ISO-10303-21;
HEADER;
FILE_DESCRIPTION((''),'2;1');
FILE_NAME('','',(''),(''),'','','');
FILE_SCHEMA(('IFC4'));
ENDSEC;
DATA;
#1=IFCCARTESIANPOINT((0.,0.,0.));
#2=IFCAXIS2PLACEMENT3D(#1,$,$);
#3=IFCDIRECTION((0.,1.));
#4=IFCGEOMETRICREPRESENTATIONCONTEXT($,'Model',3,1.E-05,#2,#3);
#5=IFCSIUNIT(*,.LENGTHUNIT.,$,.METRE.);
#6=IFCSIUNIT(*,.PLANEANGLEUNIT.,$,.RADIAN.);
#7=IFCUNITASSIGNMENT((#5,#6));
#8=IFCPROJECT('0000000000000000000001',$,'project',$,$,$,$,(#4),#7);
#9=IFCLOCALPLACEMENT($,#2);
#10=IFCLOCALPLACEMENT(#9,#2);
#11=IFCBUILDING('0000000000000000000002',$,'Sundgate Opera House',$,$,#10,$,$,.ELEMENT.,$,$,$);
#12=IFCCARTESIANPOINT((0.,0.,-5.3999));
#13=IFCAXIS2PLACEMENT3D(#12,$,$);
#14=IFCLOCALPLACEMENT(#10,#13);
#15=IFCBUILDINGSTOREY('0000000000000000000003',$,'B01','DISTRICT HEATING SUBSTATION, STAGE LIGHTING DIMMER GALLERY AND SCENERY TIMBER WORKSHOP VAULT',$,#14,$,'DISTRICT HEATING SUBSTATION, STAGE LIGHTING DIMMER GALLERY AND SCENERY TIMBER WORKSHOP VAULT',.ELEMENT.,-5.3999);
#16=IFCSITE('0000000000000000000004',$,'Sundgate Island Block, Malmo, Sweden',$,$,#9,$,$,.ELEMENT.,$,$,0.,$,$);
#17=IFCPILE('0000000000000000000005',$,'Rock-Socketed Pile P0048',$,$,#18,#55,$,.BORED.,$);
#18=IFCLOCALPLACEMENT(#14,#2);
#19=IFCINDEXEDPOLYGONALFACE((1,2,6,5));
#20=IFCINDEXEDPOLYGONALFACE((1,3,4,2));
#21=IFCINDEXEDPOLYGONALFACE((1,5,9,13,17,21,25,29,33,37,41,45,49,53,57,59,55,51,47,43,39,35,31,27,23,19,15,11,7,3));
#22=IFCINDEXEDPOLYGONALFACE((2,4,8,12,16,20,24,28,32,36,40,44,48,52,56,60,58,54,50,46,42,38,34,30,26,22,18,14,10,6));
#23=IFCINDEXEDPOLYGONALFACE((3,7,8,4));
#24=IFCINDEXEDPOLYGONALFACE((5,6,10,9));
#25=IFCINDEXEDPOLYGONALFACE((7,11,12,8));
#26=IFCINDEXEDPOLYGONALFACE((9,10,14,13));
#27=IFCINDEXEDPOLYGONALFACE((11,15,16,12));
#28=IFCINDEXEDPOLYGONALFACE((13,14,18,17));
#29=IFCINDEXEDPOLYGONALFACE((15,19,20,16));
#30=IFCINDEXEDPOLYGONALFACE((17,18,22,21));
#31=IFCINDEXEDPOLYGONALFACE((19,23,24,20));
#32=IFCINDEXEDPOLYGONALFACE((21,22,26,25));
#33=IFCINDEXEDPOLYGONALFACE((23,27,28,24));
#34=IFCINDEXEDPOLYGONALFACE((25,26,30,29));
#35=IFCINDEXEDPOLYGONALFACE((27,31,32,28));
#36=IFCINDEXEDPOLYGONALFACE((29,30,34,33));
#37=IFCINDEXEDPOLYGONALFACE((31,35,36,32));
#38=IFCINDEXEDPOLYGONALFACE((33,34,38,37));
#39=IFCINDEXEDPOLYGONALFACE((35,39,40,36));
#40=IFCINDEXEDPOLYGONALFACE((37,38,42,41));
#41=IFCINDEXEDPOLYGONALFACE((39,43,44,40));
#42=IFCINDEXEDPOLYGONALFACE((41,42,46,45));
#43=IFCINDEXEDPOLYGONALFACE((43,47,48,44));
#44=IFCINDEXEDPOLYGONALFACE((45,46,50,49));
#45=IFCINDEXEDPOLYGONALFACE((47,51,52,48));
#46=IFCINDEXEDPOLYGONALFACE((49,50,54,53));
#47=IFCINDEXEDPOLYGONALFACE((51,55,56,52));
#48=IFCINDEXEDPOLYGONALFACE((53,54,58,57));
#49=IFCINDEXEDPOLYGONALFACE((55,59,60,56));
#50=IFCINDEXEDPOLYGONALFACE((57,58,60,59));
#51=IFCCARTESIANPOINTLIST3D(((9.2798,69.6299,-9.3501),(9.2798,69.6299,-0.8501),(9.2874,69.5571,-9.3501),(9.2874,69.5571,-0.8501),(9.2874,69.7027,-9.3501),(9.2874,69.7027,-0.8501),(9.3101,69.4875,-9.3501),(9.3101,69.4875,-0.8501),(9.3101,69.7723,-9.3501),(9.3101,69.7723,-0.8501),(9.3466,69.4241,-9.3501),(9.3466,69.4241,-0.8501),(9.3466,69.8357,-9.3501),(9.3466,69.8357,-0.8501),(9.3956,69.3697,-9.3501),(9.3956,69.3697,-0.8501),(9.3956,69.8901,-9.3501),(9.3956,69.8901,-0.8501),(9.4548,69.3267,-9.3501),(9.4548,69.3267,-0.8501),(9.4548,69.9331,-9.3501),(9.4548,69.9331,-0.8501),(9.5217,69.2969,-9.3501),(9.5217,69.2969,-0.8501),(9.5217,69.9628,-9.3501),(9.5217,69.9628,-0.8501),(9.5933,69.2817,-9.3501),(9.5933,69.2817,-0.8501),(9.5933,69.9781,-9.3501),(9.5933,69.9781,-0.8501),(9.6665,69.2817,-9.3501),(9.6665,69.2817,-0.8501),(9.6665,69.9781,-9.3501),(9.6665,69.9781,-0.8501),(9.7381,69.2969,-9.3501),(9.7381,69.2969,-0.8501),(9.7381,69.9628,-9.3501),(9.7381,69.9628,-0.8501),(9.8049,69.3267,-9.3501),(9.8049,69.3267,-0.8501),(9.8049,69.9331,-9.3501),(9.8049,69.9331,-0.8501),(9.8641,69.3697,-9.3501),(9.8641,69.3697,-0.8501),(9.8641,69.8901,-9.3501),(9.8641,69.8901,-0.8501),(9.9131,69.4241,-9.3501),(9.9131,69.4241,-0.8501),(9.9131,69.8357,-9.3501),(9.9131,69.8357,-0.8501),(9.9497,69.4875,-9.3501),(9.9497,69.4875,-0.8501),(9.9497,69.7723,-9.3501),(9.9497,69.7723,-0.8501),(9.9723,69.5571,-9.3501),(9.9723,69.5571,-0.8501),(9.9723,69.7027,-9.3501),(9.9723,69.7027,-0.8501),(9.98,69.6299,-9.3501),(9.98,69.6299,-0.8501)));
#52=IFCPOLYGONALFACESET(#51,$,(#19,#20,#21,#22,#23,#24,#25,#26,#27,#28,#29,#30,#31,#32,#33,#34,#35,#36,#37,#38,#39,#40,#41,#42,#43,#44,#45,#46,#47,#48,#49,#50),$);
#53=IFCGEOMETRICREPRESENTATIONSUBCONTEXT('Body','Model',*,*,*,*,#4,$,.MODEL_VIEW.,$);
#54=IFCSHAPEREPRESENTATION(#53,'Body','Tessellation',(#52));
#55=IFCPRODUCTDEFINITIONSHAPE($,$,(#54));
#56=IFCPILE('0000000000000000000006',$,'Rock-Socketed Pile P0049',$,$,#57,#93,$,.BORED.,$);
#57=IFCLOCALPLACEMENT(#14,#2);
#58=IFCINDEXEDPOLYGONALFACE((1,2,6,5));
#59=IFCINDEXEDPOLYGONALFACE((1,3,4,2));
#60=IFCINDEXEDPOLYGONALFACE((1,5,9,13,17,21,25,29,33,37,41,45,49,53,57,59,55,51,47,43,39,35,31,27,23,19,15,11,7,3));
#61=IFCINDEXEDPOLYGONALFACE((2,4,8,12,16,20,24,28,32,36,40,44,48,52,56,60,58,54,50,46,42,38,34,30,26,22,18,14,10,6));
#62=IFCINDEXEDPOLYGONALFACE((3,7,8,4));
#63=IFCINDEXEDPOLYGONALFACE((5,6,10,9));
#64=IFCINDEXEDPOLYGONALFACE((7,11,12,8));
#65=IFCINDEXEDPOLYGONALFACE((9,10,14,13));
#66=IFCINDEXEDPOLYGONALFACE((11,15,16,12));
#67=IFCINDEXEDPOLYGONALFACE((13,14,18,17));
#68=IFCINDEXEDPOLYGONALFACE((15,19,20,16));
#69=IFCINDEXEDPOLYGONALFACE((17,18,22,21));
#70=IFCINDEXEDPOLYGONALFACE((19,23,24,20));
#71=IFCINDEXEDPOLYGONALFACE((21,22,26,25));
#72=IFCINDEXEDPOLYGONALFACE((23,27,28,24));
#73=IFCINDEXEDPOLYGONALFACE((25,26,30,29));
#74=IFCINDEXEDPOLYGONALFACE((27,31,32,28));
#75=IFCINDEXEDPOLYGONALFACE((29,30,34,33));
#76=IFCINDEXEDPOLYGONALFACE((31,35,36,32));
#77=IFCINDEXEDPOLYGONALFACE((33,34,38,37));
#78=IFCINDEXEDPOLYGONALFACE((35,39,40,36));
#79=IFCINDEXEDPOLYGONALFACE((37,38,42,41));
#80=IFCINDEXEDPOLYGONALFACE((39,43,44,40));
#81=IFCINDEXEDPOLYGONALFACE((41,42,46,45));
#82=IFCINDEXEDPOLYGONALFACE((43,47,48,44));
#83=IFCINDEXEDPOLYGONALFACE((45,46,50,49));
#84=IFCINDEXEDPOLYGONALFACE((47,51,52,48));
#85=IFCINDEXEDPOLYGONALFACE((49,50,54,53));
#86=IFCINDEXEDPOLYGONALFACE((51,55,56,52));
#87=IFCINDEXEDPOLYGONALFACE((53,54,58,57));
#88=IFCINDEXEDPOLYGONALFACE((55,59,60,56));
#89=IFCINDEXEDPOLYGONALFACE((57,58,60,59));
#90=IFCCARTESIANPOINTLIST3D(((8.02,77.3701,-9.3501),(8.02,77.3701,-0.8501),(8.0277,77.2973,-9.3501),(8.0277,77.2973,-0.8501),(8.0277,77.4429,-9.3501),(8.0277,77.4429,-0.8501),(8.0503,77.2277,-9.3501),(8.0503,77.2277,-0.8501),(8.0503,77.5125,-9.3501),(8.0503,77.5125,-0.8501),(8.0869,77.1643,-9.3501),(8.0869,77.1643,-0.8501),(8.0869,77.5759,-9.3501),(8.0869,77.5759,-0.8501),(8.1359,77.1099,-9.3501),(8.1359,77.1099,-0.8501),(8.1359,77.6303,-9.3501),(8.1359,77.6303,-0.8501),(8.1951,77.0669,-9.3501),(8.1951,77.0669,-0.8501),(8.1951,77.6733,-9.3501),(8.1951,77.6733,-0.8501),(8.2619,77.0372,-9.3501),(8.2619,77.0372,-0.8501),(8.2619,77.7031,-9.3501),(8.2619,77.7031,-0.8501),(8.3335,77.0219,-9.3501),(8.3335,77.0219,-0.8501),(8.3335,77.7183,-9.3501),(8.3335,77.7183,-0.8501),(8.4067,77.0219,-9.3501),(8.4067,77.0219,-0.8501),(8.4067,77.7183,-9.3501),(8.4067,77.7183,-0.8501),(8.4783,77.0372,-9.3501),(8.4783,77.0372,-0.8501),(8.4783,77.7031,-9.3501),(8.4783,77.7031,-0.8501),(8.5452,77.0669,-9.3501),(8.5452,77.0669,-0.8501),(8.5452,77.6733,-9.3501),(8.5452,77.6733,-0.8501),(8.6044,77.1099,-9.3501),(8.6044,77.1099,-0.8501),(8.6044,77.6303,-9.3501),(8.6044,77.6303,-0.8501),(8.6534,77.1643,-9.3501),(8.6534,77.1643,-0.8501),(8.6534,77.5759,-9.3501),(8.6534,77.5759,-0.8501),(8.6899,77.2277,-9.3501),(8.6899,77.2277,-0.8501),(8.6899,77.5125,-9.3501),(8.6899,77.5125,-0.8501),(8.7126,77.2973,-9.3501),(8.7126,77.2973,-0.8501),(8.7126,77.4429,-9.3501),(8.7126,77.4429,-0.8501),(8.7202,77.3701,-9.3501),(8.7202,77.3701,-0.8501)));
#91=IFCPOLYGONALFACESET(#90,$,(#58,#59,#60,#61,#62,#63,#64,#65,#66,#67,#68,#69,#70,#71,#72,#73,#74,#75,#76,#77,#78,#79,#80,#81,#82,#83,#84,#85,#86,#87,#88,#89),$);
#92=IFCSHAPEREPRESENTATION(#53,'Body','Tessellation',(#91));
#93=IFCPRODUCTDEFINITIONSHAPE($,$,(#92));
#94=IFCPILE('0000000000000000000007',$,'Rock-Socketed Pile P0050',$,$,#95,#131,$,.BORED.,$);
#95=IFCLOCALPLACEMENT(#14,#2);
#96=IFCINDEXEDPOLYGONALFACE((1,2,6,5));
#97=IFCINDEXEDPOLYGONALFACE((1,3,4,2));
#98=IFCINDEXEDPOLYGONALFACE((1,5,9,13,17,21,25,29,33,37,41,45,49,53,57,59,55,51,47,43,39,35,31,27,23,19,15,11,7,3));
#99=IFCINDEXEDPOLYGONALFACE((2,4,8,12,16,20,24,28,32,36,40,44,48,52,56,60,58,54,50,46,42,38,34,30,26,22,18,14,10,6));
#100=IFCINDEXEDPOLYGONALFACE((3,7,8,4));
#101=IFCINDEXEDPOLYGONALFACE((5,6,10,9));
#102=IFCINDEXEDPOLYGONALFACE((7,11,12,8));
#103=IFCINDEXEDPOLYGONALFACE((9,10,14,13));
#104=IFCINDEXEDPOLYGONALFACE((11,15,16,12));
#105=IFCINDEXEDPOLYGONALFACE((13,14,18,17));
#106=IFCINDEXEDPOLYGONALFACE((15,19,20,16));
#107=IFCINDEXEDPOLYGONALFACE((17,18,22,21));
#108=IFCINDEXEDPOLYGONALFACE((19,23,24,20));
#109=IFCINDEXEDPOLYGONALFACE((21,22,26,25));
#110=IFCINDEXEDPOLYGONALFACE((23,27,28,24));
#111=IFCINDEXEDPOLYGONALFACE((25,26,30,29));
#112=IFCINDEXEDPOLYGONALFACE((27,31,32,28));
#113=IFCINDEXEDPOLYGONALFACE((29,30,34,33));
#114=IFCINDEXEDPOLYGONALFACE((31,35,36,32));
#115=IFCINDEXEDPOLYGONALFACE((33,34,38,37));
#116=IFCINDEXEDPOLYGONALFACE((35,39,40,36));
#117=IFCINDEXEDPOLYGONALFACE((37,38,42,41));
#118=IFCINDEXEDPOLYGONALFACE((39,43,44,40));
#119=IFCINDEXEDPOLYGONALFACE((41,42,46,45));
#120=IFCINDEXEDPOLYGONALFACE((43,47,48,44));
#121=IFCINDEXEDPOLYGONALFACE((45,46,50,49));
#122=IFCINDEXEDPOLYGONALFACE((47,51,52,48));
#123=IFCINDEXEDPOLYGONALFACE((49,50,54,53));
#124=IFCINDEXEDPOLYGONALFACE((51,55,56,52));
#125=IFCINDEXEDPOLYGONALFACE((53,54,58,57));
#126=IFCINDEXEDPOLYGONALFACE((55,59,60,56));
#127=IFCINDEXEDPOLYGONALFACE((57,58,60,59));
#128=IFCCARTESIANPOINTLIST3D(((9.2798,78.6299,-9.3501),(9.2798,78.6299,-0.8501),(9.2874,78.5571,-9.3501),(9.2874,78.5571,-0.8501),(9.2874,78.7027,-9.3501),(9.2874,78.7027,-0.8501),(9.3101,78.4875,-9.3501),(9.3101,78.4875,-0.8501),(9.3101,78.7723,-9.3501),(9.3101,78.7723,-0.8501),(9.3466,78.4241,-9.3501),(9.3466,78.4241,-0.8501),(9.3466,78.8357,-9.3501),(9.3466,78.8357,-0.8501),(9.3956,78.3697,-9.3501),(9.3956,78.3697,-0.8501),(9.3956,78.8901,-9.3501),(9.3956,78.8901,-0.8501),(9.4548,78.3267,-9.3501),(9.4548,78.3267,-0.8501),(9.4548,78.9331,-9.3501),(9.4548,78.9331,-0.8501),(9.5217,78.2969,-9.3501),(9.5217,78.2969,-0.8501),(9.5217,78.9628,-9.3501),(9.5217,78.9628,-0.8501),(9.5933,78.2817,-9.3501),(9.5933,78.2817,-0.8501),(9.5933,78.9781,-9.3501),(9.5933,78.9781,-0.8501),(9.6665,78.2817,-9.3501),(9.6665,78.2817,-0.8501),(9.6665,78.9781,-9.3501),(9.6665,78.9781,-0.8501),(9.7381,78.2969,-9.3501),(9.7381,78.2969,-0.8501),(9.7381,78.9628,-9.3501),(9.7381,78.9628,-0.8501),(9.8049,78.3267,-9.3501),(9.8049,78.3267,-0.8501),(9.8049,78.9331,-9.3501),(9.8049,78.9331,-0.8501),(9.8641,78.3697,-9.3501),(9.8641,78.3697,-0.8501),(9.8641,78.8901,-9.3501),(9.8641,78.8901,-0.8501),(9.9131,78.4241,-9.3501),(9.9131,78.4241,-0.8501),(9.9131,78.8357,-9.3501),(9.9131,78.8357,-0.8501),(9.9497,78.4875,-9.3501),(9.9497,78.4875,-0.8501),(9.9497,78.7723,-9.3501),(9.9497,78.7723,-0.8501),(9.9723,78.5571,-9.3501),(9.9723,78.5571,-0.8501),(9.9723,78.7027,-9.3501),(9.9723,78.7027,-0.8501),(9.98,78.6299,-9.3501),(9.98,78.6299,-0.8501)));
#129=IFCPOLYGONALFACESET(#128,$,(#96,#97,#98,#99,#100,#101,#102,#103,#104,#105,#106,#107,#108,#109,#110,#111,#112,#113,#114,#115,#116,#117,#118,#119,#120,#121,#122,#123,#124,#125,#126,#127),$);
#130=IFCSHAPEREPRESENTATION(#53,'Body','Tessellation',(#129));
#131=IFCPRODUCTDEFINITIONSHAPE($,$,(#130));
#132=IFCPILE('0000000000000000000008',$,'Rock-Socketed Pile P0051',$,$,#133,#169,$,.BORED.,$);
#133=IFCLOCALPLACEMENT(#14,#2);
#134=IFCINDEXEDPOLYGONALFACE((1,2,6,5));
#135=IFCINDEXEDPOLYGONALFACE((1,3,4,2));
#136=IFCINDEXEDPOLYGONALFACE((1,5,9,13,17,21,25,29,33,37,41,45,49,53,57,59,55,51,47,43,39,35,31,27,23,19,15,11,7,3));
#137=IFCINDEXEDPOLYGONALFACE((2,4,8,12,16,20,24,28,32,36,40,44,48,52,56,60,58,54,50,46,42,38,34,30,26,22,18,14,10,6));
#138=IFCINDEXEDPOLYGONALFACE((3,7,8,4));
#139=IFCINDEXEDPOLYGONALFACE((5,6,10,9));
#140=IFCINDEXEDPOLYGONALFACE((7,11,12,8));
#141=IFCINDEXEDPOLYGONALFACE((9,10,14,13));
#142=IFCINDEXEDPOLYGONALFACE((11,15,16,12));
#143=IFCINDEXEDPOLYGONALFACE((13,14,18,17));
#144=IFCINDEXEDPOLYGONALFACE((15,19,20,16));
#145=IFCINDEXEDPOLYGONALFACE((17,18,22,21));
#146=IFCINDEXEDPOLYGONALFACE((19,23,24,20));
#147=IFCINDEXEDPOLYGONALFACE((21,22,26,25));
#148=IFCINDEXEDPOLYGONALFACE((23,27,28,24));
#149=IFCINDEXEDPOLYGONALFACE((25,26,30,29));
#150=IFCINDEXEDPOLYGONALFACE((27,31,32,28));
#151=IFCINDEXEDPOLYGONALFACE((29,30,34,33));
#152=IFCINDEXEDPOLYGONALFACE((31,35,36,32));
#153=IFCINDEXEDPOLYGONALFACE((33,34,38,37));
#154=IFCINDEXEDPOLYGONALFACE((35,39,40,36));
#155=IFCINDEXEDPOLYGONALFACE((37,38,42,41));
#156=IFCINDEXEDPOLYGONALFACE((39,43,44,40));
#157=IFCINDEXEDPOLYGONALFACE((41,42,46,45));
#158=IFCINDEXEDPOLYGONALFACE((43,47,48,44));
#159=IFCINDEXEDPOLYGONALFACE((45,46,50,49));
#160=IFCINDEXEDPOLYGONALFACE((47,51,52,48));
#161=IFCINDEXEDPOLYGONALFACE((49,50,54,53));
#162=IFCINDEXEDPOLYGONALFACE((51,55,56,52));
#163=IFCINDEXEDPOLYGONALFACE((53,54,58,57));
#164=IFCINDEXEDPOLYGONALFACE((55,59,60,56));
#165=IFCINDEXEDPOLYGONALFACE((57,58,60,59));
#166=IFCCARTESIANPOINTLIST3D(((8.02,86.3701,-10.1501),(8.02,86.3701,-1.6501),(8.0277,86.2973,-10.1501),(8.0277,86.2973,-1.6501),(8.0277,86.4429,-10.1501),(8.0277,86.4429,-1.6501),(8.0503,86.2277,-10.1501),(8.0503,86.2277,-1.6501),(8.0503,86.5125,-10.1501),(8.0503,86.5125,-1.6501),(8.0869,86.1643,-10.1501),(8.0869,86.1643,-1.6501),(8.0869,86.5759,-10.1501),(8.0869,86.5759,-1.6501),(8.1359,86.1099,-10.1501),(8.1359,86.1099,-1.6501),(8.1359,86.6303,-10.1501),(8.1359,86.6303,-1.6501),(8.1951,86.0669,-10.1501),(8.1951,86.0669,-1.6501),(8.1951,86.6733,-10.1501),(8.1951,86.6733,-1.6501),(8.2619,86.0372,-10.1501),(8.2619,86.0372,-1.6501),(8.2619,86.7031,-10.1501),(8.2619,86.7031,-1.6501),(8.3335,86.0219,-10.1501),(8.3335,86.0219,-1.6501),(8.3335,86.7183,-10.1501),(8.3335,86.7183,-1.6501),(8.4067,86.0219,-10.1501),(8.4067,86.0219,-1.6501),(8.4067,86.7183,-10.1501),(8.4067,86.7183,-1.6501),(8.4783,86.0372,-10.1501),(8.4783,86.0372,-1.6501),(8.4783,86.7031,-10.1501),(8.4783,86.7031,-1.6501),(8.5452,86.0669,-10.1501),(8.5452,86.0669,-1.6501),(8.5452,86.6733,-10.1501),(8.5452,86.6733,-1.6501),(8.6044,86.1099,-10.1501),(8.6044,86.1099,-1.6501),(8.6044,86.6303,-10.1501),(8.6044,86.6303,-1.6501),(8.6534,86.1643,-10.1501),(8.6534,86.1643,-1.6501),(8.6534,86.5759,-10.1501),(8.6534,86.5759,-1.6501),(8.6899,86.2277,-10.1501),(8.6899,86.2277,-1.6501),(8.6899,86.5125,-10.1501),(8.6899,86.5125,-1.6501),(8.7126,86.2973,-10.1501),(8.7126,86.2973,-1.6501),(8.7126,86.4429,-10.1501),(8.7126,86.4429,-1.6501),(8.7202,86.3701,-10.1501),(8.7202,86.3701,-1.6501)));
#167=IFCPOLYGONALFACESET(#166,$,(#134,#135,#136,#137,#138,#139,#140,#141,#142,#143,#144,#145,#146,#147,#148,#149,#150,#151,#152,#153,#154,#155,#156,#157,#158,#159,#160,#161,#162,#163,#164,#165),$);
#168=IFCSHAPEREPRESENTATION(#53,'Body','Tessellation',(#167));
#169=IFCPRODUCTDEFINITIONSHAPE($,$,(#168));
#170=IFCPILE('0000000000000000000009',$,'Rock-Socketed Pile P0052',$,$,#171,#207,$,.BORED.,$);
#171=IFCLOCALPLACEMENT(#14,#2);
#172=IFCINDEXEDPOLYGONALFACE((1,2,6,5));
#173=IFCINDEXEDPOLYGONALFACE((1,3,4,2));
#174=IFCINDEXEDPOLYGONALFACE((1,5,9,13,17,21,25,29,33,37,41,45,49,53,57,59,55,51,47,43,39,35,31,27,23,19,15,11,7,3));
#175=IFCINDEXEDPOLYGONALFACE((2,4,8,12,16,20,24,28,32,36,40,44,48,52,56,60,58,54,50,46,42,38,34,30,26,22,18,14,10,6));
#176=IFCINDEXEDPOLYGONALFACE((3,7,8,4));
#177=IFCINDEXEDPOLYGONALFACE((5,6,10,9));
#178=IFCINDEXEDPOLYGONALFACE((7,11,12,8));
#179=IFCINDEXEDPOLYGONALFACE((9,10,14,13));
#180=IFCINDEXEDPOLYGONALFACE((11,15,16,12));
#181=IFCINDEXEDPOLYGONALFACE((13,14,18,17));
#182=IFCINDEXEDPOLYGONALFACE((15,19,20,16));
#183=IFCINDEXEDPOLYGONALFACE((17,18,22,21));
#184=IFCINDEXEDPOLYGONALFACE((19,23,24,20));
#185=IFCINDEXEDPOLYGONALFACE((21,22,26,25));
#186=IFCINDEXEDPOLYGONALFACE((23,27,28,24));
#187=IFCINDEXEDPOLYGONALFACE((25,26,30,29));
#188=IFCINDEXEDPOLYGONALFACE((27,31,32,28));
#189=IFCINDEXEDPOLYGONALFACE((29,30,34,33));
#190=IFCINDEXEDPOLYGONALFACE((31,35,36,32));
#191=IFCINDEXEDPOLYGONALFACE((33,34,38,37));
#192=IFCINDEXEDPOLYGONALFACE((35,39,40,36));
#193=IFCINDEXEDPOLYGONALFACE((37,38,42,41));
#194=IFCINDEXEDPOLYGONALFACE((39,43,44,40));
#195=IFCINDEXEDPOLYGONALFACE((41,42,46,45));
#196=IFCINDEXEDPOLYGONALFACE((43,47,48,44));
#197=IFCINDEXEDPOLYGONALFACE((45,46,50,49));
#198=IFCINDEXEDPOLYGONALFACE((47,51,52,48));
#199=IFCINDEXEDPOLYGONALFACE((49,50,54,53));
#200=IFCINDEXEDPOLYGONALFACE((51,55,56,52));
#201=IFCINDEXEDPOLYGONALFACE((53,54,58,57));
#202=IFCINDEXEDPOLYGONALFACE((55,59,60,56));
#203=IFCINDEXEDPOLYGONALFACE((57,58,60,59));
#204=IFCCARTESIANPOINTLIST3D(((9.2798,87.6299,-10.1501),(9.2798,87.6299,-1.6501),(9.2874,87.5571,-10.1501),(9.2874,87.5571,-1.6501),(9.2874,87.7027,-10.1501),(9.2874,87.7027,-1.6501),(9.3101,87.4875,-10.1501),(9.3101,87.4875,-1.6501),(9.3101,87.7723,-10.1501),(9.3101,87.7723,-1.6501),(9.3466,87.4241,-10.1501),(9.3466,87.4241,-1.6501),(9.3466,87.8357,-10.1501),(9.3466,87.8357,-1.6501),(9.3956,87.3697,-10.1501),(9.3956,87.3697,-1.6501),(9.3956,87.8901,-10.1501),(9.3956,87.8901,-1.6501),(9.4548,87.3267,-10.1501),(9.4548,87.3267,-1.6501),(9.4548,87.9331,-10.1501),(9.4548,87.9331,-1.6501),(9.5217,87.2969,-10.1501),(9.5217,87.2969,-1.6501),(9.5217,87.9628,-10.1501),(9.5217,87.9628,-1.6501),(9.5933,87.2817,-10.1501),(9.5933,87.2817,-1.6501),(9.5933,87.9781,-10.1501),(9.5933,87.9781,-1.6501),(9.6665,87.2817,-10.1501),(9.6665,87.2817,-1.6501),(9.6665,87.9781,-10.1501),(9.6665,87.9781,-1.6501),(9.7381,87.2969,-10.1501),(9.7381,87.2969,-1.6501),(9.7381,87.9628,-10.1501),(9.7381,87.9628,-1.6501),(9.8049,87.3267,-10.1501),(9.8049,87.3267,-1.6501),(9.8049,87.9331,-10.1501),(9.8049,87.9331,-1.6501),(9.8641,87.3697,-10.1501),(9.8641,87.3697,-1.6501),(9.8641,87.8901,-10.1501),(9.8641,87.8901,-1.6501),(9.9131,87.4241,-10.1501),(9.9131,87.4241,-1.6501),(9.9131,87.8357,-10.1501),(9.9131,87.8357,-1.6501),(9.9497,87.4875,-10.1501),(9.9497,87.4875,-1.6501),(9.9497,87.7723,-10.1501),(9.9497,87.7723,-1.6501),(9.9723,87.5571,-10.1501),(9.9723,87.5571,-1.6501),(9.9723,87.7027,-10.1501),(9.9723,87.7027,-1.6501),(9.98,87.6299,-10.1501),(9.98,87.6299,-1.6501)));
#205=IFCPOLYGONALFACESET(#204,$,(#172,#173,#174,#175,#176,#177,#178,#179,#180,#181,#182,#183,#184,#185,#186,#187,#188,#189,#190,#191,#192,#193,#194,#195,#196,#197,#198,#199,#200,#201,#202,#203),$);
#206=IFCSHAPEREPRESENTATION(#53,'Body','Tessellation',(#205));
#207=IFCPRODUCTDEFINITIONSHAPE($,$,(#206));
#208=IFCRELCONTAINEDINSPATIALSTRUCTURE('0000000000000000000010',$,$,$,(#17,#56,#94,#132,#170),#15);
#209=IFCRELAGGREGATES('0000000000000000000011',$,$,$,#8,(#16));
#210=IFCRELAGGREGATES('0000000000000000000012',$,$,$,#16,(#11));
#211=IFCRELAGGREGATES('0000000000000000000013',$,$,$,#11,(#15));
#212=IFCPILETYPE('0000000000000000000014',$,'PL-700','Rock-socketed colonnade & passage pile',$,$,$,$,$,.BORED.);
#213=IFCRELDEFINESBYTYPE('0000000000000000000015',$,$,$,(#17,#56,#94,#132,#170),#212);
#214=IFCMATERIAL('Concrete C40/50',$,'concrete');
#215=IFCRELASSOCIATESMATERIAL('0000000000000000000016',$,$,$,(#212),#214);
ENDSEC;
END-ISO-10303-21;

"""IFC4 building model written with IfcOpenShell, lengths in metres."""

from ifc_helpers import new_model, si_unit, direction, frame, origin, origin_2d, place, context, subcontext, project, spatial, circle, extrude, material, material_profile, profile_set, type_object, element, save


model = new_model("IFC4")

# Units and contexts
model_context = context("Model", 3, precision=1e-05, world=origin(), true_north=direction((0.0, 1.0)))
body_context = subcontext(model_context, "Body", "Model", "MODEL_VIEW")
ifc_project = project(units=[si_unit("LENGTHUNIT", "METRE"), si_unit("PLANEANGLEUNIT", "RADIAN")], contexts=[model_context])

# Site, building, storey
site_placement = place(None, origin())
site = spatial("IfcSite", under=ifc_project, at=site_placement, Name="Sundgate Island Block, Malmo, Sweden", CompositionType="ELEMENT", RefElevation=0.0)
building_placement = place(site_placement, origin())
building = spatial("IfcBuilding", under=site, at=building_placement, Name="Sundgate Opera House", CompositionType="ELEMENT")
storey_placement = place(building_placement, frame((0.0, 0.0, -5.3999)))
storey = spatial("IfcBuildingStorey", under=building, at=storey_placement, Name="B01", Description="DISTRICT HEATING SUBSTATION, STAGE LIGHTING DIMMER GALLERY AND SCENERY TIMBER WORKSHOP VAULT", LongName="DISTRICT HEATING SUBSTATION, STAGE LIGHTING DIMMER GALLERY AND SCENERY TIMBER WORKSHOP VAULT", CompositionType="ELEMENT", Elevation=-5.3999)

# Piles
ifc_material_1 = material(Name="Concrete C40/50", Category="concrete")
ifc_material_profile_1 = material_profile(ifc_material_1, circle(Radius=0.3501, at=origin_2d()), Name="PILE D700")
ifc_profile_set_1 = profile_set([ifc_material_profile_1], Name="Concrete C40/50")
pile_type = type_object("IfcPileType", Name="PL-700", Description="Rock-socketed colonnade & passage pile", PredefinedType="BORED", material=ifc_profile_set_1)
for number, where, z_axis, x_axis, name in (
    (1, (9.6299, 69.6299, -0.8501), (0.0, 0.0, -1.0), (1.0, 0.0, 0.0), "Rock-Socketed Pile P0048"),
    (2, (8.3701, 77.3701, -0.8501), (0.0, 0.0, -1.0), (1.0, 0.0, 0.0), "Rock-Socketed Pile P0049"),
    (3, (9.6299, 78.6299, -0.8501), (0.0, 0.0, -1.0), (1.0, 0.0, 0.0), "Rock-Socketed Pile P0050"),
    (4, (8.3701, 86.3701, -1.6501), (0.0, 0.0, -1.0), (1.0, 0.0, 0.0), "Rock-Socketed Pile P0051"),
    (5, (9.6299, 87.6299, -1.6501), (0.0, 0.0, -1.0), (1.0, 0.0, 0.0), "Rock-Socketed Pile P0052"),
):
    element("IfcPile", number, at=place(storey_placement, frame(where, z_axis=z_axis, x_axis=x_axis)), inside=storey, type_object=pile_type, Name=name, PredefinedType="BORED", context=body_context, shape_type="SweptSolid", body=[
        extrude(circle(Radius=0.3501, at=origin_2d()), origin(), (0.0, 0.0, 1.0), 8.5),
    ])

save(model, "model.ifc")
